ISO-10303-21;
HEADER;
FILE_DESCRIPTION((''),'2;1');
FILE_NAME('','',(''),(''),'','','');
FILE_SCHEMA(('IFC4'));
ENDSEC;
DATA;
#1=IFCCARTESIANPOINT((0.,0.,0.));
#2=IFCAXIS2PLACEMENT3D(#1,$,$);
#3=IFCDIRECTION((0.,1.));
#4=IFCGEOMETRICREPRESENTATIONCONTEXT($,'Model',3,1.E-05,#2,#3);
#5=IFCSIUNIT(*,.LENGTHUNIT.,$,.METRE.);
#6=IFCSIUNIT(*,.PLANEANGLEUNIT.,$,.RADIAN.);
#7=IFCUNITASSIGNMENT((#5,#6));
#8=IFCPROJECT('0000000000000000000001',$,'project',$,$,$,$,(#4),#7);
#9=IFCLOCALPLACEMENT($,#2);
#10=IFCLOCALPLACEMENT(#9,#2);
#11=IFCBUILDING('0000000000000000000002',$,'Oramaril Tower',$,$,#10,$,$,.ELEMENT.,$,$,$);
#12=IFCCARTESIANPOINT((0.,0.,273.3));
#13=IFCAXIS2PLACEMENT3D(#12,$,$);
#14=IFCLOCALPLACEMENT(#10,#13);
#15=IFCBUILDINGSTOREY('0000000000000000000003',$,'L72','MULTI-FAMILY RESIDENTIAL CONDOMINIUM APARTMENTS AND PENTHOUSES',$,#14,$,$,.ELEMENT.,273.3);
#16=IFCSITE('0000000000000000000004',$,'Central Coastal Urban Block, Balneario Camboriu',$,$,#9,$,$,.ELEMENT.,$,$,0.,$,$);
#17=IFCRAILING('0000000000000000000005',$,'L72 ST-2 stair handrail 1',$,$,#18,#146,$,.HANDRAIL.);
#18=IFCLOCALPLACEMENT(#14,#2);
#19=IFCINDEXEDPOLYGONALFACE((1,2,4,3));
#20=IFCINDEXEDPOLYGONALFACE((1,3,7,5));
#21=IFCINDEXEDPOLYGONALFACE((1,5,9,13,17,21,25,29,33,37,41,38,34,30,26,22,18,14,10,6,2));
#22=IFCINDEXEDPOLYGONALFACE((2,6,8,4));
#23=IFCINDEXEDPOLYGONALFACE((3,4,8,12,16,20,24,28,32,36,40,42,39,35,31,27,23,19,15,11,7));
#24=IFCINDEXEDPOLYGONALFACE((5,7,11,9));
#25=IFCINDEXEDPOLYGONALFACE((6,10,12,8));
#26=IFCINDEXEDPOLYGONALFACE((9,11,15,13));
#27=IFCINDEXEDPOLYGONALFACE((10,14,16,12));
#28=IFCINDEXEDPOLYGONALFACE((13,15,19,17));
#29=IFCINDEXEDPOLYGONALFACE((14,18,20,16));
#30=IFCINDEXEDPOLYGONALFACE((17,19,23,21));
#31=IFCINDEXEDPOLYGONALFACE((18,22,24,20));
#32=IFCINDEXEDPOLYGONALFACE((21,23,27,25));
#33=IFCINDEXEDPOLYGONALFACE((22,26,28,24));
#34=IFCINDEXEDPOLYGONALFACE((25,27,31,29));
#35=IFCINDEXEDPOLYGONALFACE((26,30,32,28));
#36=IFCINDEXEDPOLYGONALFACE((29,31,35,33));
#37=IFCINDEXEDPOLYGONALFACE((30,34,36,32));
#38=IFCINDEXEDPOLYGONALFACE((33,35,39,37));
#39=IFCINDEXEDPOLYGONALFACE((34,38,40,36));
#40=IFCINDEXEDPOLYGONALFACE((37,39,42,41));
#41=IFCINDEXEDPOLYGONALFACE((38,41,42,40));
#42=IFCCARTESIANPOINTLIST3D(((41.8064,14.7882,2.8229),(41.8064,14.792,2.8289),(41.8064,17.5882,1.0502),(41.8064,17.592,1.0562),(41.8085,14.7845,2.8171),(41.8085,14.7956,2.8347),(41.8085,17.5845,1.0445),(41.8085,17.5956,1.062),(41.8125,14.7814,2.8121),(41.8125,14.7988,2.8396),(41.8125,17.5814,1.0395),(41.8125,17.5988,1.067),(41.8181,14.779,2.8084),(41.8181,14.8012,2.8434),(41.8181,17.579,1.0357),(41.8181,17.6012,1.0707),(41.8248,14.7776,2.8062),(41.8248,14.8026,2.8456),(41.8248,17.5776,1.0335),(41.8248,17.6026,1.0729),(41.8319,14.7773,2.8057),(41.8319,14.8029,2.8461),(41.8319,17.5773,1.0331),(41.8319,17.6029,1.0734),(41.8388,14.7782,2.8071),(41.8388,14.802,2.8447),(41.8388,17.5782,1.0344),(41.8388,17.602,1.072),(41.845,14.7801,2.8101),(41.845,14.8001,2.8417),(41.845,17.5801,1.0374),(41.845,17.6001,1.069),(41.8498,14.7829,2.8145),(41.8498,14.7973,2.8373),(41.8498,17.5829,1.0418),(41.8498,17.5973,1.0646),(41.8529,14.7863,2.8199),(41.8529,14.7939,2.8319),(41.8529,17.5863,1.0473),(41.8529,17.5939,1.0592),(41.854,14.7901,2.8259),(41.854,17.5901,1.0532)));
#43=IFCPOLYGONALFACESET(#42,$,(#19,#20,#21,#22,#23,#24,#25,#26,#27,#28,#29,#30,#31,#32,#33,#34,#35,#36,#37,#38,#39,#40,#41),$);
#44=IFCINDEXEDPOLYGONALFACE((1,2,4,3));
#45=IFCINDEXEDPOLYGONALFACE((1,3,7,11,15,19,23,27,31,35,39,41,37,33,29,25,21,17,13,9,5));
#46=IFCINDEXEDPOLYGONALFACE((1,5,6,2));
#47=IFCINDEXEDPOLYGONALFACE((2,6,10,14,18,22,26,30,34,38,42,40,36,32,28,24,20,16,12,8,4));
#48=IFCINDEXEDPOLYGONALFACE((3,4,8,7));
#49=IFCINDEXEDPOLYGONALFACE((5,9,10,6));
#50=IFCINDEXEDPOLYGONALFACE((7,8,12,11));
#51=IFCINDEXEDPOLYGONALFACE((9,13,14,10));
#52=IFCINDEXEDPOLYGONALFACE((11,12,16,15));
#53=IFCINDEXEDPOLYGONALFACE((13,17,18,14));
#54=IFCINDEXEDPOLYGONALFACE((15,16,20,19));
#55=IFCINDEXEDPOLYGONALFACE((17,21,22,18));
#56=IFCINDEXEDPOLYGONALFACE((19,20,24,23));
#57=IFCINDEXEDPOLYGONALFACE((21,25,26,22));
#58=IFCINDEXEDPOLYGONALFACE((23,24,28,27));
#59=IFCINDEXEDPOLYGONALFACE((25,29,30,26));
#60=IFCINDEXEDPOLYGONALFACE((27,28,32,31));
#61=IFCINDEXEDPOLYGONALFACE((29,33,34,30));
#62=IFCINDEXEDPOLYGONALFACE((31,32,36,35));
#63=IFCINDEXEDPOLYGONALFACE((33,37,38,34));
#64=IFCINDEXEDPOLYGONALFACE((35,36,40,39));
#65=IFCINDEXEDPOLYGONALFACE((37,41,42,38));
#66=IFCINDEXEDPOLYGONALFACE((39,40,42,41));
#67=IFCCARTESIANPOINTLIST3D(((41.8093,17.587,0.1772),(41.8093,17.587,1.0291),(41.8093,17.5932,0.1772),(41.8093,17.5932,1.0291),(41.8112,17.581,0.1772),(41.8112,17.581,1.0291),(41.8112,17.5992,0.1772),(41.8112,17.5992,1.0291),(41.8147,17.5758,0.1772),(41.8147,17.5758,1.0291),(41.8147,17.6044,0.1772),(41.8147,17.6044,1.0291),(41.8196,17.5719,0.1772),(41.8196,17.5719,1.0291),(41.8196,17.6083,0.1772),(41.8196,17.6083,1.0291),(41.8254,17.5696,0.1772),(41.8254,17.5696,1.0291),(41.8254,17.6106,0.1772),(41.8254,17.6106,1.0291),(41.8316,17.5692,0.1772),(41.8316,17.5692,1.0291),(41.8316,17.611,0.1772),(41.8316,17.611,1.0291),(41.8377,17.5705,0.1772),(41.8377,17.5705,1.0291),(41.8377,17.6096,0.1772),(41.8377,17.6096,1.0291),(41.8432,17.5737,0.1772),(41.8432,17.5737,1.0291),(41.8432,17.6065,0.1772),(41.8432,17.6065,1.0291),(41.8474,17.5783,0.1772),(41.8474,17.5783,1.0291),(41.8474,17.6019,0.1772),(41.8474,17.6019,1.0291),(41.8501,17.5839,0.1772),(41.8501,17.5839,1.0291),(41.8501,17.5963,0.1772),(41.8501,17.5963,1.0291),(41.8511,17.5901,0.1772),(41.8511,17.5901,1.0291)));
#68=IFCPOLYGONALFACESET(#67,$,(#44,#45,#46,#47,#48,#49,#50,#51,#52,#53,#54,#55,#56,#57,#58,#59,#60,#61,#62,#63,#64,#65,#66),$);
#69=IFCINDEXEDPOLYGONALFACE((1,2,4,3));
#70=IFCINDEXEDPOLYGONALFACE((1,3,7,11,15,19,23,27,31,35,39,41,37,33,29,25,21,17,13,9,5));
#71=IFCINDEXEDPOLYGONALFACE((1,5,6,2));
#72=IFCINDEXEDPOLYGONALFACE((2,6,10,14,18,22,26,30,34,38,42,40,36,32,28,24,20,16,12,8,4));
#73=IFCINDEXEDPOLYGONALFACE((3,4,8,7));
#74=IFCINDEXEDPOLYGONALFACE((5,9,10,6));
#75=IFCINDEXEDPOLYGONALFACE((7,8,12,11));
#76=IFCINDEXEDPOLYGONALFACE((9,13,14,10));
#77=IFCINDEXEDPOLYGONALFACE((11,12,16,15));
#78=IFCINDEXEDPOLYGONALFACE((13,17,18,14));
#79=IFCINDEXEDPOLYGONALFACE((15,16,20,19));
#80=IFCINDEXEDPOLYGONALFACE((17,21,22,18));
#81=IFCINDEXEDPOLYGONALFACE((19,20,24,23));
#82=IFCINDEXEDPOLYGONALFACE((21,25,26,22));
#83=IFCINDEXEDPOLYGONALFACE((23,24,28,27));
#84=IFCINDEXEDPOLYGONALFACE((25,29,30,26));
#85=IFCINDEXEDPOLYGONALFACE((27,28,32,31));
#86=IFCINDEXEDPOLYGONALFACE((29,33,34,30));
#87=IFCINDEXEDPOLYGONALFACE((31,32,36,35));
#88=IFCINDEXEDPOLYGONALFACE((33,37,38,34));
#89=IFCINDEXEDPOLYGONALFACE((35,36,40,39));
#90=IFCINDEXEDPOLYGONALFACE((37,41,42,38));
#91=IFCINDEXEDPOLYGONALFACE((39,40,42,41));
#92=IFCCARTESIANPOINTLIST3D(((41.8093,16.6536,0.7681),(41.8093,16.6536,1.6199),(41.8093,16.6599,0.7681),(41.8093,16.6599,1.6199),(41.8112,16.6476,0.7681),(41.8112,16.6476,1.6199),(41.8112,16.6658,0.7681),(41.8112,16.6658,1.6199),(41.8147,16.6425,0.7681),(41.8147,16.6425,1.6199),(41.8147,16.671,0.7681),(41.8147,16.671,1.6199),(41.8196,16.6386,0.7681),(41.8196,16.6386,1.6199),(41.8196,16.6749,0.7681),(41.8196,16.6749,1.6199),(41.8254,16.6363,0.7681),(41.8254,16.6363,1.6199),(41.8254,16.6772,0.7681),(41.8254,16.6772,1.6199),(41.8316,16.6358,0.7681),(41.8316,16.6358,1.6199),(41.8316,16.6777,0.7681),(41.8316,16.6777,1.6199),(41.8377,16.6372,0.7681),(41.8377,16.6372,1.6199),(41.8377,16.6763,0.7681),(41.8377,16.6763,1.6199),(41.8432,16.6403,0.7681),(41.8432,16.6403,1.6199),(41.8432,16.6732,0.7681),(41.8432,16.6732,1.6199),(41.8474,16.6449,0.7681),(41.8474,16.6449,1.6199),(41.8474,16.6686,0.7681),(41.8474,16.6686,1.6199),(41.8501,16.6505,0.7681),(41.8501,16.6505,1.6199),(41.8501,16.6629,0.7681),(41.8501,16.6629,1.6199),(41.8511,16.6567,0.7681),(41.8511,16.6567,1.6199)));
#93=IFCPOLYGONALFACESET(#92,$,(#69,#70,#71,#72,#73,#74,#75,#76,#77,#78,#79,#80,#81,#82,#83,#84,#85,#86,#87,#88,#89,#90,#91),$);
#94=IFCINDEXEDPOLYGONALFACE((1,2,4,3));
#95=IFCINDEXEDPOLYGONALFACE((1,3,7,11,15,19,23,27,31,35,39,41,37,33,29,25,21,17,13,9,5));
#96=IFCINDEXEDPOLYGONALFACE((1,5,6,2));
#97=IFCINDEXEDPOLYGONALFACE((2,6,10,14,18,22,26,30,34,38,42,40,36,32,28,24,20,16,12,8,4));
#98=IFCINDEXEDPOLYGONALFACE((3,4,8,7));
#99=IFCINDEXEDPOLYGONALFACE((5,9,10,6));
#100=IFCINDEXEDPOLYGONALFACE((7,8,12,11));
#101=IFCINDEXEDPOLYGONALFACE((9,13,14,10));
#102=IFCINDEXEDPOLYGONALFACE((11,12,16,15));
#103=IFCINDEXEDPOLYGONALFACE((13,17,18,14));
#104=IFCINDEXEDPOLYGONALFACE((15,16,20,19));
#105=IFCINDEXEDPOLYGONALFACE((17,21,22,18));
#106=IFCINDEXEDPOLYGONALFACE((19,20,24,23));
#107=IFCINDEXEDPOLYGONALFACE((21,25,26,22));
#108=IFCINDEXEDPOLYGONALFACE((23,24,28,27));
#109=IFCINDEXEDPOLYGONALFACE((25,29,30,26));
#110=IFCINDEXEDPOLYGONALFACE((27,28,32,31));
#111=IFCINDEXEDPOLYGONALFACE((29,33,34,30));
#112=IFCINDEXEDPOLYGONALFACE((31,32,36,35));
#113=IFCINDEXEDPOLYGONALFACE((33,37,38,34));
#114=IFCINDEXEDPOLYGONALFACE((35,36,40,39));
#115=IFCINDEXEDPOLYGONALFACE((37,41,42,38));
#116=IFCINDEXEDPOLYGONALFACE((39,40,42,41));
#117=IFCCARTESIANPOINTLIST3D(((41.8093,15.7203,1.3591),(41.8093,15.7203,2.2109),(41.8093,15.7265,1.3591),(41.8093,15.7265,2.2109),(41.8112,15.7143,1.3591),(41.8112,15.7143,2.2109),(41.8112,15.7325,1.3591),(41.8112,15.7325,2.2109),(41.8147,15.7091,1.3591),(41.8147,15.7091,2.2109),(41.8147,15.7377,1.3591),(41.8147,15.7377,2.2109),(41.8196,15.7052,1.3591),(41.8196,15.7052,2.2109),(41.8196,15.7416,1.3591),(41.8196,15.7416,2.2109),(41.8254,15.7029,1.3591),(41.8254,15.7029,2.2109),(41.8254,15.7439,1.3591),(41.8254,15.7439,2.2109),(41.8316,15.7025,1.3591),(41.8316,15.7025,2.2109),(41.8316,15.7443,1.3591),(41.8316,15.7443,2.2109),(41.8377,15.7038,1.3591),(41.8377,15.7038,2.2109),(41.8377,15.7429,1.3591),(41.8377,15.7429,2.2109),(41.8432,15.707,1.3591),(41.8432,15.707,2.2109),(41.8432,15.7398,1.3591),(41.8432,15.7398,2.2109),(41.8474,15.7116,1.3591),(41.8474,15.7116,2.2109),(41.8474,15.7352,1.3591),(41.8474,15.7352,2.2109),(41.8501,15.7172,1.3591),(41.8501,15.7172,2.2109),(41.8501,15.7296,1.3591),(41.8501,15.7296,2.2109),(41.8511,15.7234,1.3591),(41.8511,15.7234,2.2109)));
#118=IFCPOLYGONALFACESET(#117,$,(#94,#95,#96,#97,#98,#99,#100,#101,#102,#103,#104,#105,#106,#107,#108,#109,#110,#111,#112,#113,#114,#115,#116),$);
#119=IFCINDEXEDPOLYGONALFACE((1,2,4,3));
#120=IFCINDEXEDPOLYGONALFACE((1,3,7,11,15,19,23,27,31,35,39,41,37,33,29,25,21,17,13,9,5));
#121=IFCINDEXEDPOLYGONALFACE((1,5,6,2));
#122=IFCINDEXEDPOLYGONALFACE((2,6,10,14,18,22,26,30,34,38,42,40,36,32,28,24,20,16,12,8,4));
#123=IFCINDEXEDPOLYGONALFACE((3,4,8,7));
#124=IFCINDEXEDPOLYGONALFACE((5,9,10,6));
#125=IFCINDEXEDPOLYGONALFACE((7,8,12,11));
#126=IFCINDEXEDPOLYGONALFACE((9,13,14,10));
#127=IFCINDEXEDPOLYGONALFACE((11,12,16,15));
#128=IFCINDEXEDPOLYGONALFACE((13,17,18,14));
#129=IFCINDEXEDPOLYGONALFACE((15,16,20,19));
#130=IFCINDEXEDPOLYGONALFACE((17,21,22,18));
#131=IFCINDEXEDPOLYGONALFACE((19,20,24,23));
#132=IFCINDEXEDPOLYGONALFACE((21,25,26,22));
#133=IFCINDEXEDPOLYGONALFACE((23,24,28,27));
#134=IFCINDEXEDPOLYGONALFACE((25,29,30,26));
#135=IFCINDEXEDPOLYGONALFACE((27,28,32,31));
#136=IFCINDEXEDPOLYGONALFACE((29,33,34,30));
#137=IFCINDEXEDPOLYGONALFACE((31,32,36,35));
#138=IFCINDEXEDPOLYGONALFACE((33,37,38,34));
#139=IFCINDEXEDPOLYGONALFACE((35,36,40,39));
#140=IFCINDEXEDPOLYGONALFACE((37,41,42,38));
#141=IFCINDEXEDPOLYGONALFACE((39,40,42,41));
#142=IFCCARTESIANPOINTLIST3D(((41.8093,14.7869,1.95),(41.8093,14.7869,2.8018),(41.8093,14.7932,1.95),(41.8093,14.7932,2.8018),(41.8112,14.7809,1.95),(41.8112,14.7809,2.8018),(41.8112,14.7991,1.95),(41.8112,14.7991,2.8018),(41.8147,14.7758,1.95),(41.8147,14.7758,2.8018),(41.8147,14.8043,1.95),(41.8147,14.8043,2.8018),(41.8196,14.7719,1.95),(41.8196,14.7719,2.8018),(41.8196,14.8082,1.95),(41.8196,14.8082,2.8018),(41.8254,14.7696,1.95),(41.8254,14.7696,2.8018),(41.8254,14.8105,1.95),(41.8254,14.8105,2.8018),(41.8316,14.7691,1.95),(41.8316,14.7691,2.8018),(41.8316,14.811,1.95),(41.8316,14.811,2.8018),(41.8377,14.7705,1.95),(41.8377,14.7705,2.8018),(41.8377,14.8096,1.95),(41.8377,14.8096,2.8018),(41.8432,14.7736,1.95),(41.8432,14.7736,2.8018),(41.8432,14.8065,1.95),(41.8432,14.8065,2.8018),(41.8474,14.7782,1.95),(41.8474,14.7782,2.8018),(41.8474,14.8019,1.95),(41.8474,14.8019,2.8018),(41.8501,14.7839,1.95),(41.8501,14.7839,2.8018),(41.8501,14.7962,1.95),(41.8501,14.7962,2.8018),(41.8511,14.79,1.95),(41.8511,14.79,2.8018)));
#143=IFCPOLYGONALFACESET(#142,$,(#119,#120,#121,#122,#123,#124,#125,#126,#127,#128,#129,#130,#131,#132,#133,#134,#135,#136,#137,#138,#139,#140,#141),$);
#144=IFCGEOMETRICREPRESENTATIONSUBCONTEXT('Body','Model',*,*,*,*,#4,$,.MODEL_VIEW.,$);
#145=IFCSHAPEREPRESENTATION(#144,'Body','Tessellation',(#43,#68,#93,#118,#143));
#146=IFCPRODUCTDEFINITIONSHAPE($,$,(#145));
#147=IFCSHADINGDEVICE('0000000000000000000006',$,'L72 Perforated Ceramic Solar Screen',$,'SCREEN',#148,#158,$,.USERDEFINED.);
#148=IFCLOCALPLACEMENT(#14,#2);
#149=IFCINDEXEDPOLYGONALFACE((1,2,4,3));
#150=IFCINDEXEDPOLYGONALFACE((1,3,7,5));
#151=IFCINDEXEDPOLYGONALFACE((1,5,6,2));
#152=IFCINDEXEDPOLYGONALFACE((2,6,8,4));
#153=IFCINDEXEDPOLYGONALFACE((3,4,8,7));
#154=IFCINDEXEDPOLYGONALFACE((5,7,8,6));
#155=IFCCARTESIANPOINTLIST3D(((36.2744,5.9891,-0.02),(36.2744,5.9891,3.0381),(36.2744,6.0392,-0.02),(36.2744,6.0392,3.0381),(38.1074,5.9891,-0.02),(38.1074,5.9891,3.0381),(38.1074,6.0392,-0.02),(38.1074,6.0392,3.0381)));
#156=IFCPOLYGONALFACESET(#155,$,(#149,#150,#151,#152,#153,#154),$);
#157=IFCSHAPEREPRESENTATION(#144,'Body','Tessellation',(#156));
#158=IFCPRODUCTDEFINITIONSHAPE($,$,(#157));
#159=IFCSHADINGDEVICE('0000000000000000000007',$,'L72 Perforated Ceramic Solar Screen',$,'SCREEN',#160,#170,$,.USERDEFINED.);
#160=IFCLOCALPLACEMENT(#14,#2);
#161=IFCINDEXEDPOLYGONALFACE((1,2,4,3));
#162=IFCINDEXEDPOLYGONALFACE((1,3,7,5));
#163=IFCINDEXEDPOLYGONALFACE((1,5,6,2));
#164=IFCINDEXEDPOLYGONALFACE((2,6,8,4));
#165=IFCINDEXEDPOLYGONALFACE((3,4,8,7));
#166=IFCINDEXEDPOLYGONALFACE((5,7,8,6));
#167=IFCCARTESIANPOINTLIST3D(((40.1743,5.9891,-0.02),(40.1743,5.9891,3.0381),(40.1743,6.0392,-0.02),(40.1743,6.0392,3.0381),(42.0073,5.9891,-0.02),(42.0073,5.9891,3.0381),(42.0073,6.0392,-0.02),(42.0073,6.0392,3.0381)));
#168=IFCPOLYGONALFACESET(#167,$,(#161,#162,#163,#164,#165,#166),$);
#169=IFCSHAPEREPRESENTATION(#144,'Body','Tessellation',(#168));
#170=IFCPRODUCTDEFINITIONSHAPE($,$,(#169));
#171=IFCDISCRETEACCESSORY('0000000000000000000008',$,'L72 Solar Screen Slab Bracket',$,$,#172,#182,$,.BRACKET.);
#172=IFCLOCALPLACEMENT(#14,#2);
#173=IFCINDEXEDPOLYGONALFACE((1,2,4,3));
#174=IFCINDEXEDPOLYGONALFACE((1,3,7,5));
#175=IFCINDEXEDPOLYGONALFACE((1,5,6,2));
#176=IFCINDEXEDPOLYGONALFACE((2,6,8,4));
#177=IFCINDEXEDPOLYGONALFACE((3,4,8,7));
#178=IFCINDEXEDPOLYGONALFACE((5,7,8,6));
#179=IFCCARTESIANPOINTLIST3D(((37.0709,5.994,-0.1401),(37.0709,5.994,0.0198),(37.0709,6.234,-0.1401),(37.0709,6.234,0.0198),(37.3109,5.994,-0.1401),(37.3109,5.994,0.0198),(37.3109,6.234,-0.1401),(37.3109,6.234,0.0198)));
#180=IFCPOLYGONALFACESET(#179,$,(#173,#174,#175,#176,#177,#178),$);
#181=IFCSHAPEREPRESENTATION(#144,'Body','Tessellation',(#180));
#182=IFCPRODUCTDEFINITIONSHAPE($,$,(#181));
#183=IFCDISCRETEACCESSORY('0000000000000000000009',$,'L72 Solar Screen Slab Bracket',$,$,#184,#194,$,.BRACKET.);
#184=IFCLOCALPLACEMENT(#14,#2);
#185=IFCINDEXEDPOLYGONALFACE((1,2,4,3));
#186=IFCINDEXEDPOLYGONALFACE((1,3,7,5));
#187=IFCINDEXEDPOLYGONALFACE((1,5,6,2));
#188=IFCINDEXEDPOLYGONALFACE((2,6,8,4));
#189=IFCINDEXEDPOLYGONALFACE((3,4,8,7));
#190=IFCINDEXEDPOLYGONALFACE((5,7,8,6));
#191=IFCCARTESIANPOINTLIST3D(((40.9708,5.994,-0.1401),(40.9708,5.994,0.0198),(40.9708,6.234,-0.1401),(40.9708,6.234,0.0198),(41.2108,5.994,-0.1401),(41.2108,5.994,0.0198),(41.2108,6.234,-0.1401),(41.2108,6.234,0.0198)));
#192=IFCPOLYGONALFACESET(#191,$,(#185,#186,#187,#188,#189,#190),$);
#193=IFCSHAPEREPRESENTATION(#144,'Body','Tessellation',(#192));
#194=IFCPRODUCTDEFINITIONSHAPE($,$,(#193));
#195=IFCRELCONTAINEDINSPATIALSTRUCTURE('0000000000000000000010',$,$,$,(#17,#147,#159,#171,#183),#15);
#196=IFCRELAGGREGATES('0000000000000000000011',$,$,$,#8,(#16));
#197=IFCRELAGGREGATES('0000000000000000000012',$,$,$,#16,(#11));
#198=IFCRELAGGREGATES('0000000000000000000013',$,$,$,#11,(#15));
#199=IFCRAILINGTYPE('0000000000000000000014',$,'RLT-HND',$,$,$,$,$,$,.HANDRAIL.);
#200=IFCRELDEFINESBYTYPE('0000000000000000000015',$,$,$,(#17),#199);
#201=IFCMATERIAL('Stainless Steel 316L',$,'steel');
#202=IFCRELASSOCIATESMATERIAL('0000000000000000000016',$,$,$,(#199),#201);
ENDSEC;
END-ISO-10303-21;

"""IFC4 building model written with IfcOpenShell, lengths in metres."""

from ifc_helpers import new_model, si_unit, direction, frame, origin, origin_2d, place, context, subcontext, project, spatial, rectangle, circle, extrude, material, type_object, element, save


model = new_model("IFC4")

# Units and contexts
model_context = context("Model", 3, precision=1e-05, world=origin(), true_north=direction((0.0, 1.0)))
body_context = subcontext(model_context, "Body", "Model", "MODEL_VIEW")
ifc_project = project(units=[si_unit("LENGTHUNIT", "METRE"), si_unit("PLANEANGLEUNIT", "RADIAN")], contexts=[model_context])

# Site, building, storey
site_placement = place(None, origin())
site = spatial("IfcSite", under=ifc_project, at=site_placement, Name="Central Coastal Urban Block, Balneario Camboriu", CompositionType="ELEMENT", RefElevation=0.0)
building_placement = place(site_placement, origin())
building = spatial("IfcBuilding", under=site, at=building_placement, Name="Oramaril Tower", CompositionType="ELEMENT")
storey_placement = place(building_placement, frame((0.0, 0.0, 273.3)))
storey = spatial("IfcBuildingStorey", under=building, at=storey_placement, Name="L72", Description="MULTI-FAMILY RESIDENTIAL CONDOMINIUM APARTMENTS AND PENTHOUSES", CompositionType="ELEMENT", Elevation=273.3)

# Railing
ifc_material_1 = material(Name="Stainless Steel 316L", Category="steel")
railing_type_1 = type_object("IfcRailingType", Name="RLT-HND", PredefinedType="HANDRAIL", material=ifc_material_1)
railing_1_placement = place(storey_placement, frame((41.8301, 17.5901, 0.1772)))
element("IfcRailing", 1, at=railing_1_placement, inside=storey, type_object=railing_type_1, Name="L72 ST-2 stair handrail 1", PredefinedType="HANDRAIL", context=body_context, shape_type="SweptSolid", body=[
    extrude(circle(Radius=0.0239, at=origin_2d()), frame((0.0, 0.0, 0.876), z_axis=(0.0, -0.844909, 0.53491), x_axis=(1.0, 0.0, 0.0)), (0.0, 0.0, 1.0), 3.314),
    extrude(circle(Radius=0.021, at=origin_2d()), origin(), (0.0, 0.0, 1.0), 0.8518),
    extrude(circle(Radius=0.021, at=origin_2d()), frame((0.0, -0.9333, 0.5908)), (0.0, 0.0, 1.0), 0.8518),
    extrude(circle(Radius=0.021, at=origin_2d()), frame((0.0, -1.8667, 1.1819)), (0.0, 0.0, 1.0), 0.8518),
    extrude(circle(Radius=0.021, at=origin_2d()), frame((0.0, -2.8, 1.7727)), (0.0, 0.0, 1.0), 0.8518),
])

# Shading devices
for number, where, z_axis, x_axis, name in (
    (2, (37.1909, 6.0142, -0.02), (0.0, 0.0, 1.0), (1.0, 0.0, 0.0), "L72 Perforated Ceramic Solar Screen"),
    (3, (41.0908, 6.0142, -0.02), (0.0, 0.0, 1.0), (1.0, 0.0, 0.0), "L72 Perforated Ceramic Solar Screen"),
):
    element("IfcShadingDevice", number, at=place(storey_placement, frame(where, z_axis=z_axis, x_axis=x_axis)), inside=storey, Name=name, ObjectType="SCREEN", PredefinedType="USERDEFINED", context=body_context, shape_type="SweptSolid", body=[
        extrude(rectangle(XDim=1.833, YDim=0.05, at=origin_2d()), origin(), (0.0, 0.0, 1.0), 3.0581),
    ])

# Discrete accessories
for number, where, z_axis, x_axis, name in (
    (4, (37.1909, 6.114, -0.1401), (0.0, 0.0, 1.0), (1.0, 0.0, 0.0), "L72 Solar Screen Slab Bracket"),
    (5, (41.0908, 6.114, -0.1401), (0.0, 0.0, 1.0), (1.0, 0.0, 0.0), "L72 Solar Screen Slab Bracket"),
):
    element("IfcDiscreteAccessory", number, at=place(storey_placement, frame(where, z_axis=z_axis, x_axis=x_axis)), inside=storey, Name=name, PredefinedType="BRACKET", context=body_context, shape_type="SweptSolid", body=[
        extrude(rectangle(XDim=0.24, YDim=0.24, at=origin_2d()), origin(), (0.0, 0.0, 1.0), 0.1599),
    ])

save(model, "model.ifc")
